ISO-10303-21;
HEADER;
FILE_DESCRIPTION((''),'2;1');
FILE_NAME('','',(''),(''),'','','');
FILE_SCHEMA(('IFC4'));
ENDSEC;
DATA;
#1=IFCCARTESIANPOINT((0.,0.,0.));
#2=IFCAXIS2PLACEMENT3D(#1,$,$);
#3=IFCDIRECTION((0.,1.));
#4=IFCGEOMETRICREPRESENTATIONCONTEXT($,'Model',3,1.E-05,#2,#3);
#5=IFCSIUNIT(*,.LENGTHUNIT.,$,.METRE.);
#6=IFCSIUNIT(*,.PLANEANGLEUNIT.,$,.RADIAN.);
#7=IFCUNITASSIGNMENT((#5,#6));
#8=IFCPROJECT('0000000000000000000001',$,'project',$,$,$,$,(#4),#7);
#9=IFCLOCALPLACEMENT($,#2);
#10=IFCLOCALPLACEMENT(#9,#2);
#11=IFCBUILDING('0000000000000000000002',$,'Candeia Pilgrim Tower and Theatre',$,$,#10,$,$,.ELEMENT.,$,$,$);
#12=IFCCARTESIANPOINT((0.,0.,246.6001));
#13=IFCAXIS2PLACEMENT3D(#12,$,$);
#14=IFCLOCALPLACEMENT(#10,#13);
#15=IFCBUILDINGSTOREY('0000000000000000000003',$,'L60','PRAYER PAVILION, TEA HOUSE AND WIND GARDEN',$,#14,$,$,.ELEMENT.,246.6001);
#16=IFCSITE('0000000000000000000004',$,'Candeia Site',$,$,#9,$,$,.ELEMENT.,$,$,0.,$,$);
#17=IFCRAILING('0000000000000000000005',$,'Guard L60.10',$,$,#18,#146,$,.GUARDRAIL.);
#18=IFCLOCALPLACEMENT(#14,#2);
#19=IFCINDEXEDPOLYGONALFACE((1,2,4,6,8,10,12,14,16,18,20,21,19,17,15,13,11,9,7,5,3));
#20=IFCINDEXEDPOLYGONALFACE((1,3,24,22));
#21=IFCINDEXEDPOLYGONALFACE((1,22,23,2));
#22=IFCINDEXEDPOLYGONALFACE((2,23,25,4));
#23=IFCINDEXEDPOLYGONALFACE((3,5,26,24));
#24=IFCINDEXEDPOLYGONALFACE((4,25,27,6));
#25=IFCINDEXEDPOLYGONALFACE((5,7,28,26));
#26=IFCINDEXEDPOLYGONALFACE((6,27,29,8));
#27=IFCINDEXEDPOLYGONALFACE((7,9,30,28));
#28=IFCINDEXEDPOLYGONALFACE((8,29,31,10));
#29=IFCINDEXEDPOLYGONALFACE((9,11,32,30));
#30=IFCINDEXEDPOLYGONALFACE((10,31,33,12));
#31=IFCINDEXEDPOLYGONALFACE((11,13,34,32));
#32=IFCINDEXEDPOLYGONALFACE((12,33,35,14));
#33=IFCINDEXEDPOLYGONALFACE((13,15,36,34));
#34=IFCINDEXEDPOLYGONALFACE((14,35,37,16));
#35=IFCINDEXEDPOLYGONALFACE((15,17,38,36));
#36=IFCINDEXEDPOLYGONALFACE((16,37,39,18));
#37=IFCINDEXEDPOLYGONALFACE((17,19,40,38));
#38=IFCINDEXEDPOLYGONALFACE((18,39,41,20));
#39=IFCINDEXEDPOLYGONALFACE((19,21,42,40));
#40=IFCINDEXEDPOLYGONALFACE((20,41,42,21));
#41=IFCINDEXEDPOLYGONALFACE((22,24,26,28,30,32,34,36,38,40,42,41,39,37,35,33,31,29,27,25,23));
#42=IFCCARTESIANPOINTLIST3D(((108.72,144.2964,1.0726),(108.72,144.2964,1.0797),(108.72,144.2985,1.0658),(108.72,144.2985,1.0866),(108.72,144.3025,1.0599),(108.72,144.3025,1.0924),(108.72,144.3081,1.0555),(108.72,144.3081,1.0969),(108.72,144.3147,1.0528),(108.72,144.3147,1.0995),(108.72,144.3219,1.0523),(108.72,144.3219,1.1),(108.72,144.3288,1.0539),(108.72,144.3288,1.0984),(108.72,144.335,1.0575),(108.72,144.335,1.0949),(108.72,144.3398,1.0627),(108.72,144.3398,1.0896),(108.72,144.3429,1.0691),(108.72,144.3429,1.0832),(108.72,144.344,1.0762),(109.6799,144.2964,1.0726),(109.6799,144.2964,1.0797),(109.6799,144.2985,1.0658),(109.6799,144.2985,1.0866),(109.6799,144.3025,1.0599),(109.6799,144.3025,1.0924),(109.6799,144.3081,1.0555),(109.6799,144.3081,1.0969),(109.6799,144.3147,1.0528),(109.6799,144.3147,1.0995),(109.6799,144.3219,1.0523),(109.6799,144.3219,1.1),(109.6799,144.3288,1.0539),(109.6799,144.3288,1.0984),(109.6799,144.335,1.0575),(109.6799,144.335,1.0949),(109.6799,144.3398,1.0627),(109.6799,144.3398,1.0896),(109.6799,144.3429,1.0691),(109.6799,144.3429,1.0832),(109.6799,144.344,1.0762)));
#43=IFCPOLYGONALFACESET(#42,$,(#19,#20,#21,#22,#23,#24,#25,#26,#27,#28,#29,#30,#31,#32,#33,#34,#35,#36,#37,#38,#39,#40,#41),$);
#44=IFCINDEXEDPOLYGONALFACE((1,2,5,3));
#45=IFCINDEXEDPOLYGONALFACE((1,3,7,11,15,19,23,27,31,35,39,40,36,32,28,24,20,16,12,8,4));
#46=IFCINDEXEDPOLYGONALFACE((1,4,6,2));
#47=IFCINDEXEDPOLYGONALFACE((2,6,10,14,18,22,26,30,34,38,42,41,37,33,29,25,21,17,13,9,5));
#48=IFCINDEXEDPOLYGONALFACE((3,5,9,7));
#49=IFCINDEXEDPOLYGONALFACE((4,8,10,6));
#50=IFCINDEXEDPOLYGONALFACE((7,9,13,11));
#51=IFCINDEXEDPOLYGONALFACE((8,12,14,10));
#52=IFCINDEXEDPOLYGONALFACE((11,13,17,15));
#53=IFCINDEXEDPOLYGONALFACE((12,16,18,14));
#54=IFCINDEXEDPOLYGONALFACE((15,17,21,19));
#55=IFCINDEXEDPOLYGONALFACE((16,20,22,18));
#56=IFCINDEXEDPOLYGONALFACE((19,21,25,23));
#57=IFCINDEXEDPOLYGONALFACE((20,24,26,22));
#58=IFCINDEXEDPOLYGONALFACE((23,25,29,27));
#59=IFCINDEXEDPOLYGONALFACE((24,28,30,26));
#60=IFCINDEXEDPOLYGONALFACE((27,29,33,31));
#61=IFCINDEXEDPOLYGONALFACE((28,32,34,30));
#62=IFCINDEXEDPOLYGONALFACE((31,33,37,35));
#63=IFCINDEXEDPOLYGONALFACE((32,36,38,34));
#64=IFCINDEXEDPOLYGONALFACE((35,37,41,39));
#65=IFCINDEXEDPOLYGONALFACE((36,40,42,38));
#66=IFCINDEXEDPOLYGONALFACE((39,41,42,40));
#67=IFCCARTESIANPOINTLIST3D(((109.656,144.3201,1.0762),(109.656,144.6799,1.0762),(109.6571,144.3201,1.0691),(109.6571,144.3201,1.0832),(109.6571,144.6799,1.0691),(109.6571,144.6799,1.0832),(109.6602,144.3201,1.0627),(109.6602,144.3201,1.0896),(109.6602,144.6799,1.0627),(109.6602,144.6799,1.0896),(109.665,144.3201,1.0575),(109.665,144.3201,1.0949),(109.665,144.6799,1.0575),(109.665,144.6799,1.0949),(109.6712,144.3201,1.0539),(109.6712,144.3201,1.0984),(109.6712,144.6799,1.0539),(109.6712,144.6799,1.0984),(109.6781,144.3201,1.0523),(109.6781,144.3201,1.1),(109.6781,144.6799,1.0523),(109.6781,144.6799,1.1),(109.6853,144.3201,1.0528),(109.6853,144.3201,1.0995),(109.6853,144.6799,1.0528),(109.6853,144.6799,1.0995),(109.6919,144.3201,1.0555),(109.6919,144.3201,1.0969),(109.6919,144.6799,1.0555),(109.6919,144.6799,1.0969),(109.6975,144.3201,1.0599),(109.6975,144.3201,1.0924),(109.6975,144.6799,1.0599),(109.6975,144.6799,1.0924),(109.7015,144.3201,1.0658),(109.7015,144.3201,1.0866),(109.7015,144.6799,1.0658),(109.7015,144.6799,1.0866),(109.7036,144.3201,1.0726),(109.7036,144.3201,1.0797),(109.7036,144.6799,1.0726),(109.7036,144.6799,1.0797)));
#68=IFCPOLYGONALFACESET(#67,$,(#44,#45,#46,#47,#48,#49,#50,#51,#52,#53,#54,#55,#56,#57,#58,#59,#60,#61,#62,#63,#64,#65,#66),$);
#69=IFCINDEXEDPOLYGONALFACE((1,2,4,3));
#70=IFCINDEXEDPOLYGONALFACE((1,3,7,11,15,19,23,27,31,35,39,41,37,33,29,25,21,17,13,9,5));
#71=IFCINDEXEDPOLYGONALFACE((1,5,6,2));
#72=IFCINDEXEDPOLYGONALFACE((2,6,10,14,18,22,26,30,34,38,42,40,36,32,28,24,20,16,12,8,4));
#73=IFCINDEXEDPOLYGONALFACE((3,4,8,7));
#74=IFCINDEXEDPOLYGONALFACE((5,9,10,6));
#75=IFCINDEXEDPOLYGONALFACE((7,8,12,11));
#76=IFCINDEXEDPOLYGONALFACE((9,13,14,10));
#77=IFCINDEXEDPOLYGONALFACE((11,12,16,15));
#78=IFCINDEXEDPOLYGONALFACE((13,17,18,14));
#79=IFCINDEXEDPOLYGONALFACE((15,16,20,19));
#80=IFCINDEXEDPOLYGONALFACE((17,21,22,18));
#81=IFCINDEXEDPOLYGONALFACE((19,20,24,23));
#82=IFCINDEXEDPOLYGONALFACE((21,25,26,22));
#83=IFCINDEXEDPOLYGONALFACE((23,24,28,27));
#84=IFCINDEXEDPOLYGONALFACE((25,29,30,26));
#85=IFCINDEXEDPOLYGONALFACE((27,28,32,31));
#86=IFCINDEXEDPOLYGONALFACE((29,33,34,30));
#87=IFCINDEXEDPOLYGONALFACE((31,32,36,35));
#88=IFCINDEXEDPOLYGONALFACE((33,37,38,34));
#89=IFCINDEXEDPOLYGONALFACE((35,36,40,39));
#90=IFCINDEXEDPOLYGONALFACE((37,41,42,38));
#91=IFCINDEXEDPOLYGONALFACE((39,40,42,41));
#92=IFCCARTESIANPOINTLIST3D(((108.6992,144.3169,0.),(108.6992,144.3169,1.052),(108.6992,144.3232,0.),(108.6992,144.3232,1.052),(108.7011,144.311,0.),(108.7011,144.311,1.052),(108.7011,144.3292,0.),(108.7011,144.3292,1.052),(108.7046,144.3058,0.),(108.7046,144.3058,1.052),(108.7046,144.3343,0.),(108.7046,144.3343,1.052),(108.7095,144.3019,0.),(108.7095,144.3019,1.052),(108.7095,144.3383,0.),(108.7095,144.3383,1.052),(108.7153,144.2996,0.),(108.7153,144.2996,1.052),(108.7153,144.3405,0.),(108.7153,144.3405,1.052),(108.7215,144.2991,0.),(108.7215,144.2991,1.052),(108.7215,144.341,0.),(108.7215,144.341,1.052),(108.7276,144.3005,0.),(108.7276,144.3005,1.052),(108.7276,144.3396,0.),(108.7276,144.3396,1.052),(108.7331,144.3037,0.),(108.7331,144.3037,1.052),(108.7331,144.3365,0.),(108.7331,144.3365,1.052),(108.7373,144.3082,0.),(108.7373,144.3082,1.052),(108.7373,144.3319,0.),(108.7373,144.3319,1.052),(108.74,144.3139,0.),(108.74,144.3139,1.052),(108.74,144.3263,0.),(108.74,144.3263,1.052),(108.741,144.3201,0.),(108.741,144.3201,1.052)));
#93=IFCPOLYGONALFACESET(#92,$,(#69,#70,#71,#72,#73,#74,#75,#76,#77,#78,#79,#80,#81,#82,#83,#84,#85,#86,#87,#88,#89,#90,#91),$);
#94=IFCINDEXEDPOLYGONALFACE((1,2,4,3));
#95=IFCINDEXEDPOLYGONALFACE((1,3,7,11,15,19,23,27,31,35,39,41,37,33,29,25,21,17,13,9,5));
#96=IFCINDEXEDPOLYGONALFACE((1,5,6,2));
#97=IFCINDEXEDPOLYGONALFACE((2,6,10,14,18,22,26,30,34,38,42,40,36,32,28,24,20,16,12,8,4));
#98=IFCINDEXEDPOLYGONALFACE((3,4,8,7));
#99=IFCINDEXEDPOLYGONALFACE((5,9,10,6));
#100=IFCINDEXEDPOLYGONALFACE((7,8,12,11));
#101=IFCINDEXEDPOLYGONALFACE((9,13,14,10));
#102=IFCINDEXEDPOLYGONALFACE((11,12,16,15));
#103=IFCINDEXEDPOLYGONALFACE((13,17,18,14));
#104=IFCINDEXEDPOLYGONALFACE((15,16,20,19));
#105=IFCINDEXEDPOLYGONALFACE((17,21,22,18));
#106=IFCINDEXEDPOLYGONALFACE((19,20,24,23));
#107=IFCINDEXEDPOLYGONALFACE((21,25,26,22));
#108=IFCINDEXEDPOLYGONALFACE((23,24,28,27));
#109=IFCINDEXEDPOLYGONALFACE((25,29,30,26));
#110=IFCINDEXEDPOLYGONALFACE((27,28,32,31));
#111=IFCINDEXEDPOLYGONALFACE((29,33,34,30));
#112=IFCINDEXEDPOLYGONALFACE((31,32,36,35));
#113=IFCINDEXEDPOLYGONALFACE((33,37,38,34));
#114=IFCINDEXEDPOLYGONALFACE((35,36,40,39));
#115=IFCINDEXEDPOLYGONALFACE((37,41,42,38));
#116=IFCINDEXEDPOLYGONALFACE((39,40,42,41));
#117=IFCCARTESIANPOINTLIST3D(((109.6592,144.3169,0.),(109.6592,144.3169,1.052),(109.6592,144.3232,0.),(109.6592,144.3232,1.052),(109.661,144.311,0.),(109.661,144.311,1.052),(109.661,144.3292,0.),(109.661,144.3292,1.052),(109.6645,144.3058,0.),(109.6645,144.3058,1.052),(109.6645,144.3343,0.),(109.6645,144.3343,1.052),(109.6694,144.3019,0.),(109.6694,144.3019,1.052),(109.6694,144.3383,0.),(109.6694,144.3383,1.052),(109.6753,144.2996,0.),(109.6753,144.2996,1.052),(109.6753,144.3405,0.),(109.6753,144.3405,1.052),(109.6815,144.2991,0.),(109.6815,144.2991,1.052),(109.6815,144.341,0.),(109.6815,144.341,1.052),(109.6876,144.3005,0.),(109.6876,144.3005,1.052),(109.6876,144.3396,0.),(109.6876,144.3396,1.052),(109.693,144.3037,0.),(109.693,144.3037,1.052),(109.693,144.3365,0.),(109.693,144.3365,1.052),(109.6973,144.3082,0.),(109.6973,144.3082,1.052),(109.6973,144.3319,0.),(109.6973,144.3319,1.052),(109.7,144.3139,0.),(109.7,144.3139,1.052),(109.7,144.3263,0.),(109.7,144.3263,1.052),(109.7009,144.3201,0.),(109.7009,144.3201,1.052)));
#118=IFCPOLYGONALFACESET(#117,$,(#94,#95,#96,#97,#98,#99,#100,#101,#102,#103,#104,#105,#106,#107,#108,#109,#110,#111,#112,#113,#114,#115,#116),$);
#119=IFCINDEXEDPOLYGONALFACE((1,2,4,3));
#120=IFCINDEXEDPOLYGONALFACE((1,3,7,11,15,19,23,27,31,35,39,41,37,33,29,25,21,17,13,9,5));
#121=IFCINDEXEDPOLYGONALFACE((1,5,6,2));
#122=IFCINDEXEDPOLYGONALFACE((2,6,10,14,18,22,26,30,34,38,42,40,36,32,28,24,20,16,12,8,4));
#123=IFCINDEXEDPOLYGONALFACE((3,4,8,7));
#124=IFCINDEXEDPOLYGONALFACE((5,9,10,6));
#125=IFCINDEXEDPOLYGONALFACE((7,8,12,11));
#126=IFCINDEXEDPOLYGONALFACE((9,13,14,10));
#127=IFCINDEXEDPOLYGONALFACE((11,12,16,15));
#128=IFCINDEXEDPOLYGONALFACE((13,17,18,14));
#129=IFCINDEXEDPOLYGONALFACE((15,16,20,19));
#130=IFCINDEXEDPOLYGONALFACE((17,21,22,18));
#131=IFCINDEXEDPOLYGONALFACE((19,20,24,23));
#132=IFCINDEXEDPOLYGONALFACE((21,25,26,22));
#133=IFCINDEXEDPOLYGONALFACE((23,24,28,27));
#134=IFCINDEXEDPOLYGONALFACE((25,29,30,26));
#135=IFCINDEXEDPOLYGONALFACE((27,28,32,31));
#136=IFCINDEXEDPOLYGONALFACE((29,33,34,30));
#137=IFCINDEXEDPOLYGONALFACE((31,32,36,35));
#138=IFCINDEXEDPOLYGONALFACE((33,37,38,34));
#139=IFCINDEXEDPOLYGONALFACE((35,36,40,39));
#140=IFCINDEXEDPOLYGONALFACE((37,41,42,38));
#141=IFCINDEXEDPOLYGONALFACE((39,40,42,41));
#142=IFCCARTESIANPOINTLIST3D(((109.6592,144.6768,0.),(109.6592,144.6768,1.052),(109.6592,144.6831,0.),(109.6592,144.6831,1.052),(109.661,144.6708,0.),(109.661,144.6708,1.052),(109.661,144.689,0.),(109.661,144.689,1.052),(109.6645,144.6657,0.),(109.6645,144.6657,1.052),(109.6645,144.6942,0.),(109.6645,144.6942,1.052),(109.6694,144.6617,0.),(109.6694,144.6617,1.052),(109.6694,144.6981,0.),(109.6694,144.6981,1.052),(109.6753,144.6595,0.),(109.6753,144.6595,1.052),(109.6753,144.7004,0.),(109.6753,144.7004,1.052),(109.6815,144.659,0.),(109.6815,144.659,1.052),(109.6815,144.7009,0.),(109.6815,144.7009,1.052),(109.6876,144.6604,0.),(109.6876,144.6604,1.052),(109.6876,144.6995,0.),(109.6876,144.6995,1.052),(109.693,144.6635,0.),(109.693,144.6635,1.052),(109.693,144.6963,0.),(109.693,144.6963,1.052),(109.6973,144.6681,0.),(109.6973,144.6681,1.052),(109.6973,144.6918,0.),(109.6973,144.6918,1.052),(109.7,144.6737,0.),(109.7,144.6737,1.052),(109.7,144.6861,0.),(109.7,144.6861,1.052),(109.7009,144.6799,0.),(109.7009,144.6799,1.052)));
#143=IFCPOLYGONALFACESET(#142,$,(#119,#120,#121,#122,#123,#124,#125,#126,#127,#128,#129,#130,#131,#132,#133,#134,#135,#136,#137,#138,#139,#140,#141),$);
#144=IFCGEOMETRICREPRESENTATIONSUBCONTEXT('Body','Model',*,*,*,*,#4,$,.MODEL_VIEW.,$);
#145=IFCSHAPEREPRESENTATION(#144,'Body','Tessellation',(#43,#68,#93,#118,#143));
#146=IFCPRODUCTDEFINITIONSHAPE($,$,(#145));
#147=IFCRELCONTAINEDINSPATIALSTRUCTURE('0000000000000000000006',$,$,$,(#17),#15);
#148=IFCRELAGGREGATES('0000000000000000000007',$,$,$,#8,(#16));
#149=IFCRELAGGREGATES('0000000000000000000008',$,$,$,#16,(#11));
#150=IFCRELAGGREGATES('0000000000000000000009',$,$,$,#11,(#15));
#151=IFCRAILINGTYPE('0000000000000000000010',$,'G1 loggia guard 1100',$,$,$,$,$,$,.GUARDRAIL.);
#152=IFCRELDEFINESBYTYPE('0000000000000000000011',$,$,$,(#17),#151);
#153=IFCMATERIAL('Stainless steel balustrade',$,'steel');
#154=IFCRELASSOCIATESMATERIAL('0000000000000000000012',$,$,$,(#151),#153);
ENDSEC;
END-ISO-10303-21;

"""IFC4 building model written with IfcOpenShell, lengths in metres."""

from ifc_helpers import new_model, si_unit, direction, frame, origin, origin_2d, place, context, subcontext, project, spatial, circle, extrude, material, type_object, element, save


model = new_model("IFC4")

# Units and contexts
model_context = context("Model", 3, precision=1e-05, world=origin(), true_north=direction((0.0, 1.0)))
body_context = subcontext(model_context, "Body", "Model", "MODEL_VIEW")
ifc_project = project(units=[si_unit("LENGTHUNIT", "METRE"), si_unit("PLANEANGLEUNIT", "RADIAN")], contexts=[model_context])

# Site, building, storey
site_placement = place(None, origin())
site = spatial("IfcSite", under=ifc_project, at=site_placement, Name="Candeia Site", CompositionType="ELEMENT", RefElevation=0.0)
building_placement = place(site_placement, origin())
building = spatial("IfcBuilding", under=site, at=building_placement, Name="Candeia Pilgrim Tower and Theatre", CompositionType="ELEMENT")
storey_placement = place(building_placement, frame((0.0, 0.0, 246.6001)))
storey = spatial("IfcBuildingStorey", under=building, at=storey_placement, Name="L60", Description="PRAYER PAVILION, TEA HOUSE AND WIND GARDEN", CompositionType="ELEMENT", Elevation=246.6001)

# Railing
ifc_material_1 = material(Name="Stainless steel balustrade", Category="steel")
railing_type = type_object("IfcRailingType", Name="G1 loggia guard 1100", PredefinedType="GUARDRAIL", material=ifc_material_1)
railing_1_placement = place(storey_placement, frame((108.72, 144.3201, 0.0)))
element("IfcRailing", 1, at=railing_1_placement, inside=storey, type_object=railing_type, Name="Guard L60.10", PredefinedType="GUARDRAIL", context=body_context, shape_type="SweptSolid", body=[
    extrude(circle(Radius=0.0239, at=origin_2d()), frame((0.0, 0.0, 1.0762), z_axis=(1.0, 0.0, 0.0), x_axis=(0.0, 1.0, 0.0)), (0.0, 0.0, 1.0), 0.96),
    extrude(circle(Radius=0.0239, at=origin_2d()), frame((0.96, 0.0, 1.0762), z_axis=(0.0, 1.0, 0.0), x_axis=(-1.0, 0.0, 0.0)), (0.0, 0.0, 1.0), 0.3599),
    extrude(circle(Radius=0.021, at=origin_2d()), origin(), (0.0, 0.0, 1.0), 1.052),
    extrude(circle(Radius=0.021, at=origin_2d()), frame((0.96, 0.0, 0.0)), (0.0, 0.0, 1.0), 1.052),
    extrude(circle(Radius=0.021, at=origin_2d()), frame((0.96, 0.3599, 0.0)), (0.0, 0.0, 1.0), 1.052),
])

save(model, "model.ifc")
